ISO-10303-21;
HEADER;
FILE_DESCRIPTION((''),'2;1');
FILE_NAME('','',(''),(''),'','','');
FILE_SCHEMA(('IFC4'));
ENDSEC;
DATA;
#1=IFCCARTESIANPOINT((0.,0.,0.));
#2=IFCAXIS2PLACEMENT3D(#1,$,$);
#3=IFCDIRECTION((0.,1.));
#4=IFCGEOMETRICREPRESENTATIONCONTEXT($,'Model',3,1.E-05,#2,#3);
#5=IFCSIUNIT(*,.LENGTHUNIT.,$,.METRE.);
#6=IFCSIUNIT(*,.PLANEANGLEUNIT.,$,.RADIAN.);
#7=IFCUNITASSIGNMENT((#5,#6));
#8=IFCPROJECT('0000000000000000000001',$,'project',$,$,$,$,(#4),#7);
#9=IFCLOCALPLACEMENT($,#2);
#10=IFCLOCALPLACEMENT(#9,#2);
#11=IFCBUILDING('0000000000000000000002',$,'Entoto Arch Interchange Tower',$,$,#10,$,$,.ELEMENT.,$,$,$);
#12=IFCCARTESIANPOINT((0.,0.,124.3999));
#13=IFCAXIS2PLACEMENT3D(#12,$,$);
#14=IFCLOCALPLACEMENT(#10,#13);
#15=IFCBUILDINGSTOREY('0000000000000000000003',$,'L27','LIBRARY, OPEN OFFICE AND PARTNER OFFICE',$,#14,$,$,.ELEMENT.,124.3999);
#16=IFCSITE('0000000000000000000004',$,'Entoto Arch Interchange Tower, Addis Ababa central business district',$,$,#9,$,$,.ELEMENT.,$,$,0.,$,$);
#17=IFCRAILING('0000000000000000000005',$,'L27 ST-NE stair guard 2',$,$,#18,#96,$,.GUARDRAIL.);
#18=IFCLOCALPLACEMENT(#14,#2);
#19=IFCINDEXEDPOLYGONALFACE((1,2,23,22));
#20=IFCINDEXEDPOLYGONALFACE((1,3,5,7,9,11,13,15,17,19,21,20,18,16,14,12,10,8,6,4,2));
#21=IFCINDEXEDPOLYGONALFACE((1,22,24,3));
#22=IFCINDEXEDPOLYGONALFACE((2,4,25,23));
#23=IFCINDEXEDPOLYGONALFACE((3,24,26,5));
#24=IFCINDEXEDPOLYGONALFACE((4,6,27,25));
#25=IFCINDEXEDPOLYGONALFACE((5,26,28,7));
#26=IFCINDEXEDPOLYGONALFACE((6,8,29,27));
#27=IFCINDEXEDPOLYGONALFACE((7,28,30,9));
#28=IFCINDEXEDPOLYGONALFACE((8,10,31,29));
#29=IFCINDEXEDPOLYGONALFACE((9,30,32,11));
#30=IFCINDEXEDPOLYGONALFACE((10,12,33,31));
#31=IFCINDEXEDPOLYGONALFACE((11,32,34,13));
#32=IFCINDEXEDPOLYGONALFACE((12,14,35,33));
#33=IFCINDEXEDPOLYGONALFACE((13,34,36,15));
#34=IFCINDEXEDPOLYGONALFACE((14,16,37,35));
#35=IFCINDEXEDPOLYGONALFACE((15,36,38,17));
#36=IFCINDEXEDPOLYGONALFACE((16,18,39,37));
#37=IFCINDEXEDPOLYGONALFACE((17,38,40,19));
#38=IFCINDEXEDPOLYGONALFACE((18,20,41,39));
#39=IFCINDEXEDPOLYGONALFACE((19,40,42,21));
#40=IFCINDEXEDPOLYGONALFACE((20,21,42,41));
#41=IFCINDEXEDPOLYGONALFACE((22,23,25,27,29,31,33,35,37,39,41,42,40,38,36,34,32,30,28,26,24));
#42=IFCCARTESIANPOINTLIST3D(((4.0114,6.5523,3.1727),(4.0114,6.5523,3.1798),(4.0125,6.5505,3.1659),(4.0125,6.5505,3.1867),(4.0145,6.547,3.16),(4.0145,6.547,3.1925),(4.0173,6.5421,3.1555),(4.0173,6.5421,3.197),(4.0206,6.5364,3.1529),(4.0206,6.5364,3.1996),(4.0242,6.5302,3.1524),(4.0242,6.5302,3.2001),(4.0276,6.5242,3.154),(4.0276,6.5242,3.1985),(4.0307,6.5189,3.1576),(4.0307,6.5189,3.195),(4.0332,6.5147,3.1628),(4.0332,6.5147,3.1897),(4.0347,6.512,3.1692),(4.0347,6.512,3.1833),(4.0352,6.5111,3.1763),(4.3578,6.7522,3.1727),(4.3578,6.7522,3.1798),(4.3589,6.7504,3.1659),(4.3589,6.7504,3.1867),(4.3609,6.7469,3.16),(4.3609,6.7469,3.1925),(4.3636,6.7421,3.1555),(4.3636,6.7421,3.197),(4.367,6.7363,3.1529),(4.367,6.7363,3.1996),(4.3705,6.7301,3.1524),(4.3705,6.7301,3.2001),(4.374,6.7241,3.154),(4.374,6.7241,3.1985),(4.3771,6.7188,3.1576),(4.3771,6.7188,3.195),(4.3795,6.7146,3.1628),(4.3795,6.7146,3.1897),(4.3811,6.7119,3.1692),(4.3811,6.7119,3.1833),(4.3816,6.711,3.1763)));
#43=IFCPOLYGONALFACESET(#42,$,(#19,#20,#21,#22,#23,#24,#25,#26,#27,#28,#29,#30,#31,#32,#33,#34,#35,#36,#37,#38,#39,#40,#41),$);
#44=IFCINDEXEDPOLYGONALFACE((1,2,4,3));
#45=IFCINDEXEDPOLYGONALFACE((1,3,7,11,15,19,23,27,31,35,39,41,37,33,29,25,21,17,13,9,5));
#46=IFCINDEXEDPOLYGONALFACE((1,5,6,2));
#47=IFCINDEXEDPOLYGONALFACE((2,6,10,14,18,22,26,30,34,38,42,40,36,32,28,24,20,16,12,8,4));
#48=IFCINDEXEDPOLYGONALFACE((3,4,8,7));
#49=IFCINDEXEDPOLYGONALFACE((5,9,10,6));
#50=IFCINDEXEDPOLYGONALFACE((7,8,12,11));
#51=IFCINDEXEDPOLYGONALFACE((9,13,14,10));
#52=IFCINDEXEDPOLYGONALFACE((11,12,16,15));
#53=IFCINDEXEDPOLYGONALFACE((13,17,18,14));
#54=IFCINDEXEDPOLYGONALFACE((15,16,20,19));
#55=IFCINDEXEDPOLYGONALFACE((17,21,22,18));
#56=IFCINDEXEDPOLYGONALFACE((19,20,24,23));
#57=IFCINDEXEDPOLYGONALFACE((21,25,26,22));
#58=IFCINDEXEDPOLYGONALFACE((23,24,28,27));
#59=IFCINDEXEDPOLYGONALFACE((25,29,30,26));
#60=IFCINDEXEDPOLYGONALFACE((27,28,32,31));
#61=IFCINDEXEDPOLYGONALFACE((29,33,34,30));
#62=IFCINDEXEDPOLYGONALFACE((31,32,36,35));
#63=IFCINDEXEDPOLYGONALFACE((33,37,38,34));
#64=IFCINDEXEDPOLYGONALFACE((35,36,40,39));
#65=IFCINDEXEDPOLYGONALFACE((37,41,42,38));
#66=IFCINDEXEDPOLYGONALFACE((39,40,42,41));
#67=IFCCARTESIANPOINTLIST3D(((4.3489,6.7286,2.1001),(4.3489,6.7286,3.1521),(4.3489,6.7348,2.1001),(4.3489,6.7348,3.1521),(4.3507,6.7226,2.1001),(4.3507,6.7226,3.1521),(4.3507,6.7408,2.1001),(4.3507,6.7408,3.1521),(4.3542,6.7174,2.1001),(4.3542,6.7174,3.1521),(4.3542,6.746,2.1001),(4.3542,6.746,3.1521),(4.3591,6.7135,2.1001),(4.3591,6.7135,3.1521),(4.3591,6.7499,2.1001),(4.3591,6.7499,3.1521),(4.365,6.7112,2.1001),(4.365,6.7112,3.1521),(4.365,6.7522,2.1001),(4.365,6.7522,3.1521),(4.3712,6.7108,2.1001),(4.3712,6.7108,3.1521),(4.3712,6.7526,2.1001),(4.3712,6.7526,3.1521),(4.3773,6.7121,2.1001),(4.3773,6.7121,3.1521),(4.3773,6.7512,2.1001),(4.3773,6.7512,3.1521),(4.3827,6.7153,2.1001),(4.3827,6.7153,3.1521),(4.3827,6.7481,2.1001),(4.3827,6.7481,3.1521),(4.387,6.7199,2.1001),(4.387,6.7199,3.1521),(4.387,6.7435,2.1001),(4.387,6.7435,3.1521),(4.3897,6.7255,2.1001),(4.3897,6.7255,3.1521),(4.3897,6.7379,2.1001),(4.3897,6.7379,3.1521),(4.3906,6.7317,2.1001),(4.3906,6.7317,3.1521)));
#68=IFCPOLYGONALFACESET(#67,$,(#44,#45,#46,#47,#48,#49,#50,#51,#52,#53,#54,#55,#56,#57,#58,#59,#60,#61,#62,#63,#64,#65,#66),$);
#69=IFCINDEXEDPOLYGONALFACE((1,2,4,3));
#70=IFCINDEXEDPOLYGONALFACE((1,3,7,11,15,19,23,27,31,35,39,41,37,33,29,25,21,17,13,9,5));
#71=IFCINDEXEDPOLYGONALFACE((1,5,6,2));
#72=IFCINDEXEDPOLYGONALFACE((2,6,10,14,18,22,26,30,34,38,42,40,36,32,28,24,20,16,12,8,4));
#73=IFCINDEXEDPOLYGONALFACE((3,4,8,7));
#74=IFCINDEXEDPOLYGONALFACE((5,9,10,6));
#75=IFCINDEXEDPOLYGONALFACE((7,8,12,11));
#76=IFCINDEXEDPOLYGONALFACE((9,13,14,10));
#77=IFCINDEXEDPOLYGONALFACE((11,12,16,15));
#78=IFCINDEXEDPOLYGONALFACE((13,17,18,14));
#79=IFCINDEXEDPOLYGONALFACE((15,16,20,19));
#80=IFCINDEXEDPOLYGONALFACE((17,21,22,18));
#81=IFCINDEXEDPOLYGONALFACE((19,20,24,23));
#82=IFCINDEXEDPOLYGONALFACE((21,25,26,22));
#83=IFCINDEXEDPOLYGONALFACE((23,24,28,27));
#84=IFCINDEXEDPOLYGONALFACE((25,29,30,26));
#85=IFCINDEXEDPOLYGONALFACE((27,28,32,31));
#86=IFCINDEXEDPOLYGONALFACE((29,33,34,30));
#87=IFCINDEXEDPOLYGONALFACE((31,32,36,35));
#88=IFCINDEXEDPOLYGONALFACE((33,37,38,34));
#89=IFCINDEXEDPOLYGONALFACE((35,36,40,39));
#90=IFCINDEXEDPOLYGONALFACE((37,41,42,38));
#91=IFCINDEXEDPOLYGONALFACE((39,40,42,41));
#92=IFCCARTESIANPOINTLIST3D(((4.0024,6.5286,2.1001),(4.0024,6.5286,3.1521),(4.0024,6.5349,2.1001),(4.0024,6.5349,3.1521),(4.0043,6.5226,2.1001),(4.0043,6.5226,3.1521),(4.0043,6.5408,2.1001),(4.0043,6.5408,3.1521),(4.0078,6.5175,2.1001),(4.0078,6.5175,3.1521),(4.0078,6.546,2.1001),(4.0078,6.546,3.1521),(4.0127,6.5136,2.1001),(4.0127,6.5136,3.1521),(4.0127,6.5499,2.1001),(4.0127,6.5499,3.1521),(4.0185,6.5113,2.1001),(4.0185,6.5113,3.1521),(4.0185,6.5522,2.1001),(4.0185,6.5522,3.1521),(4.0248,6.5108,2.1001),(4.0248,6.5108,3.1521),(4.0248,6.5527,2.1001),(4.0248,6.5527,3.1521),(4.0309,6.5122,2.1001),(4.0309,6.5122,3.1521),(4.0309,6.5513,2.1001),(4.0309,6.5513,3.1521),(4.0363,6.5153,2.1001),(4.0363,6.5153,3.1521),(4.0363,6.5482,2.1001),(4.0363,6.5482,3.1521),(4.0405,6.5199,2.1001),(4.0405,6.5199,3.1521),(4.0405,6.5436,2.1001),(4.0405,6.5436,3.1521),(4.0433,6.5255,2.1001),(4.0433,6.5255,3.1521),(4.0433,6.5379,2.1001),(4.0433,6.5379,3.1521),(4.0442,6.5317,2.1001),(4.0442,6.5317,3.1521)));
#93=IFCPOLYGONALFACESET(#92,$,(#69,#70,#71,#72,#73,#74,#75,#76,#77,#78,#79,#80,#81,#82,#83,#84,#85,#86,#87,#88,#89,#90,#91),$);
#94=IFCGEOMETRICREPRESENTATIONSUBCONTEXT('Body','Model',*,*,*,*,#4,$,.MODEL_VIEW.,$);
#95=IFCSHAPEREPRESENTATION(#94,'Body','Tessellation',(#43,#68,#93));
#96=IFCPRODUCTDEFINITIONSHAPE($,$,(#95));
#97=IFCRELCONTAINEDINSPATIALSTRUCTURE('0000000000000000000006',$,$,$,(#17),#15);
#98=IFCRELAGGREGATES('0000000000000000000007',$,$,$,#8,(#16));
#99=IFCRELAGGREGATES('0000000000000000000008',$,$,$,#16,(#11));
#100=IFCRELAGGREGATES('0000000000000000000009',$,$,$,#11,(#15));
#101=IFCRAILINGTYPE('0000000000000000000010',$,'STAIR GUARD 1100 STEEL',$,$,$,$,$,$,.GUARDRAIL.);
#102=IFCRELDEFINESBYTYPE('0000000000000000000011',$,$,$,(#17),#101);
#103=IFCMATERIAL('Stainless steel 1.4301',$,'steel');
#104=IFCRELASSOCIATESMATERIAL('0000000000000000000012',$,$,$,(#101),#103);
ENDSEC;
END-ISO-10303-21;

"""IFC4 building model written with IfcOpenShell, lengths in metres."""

from ifc_helpers import new_model, si_unit, direction, frame, origin, origin_2d, place, context, subcontext, project, spatial, circle, extrude, material, type_object, element, save


model = new_model("IFC4")

# Units and contexts
model_context = context("Model", 3, precision=1e-05, world=origin(), true_north=direction((0.0, 1.0)))
body_context = subcontext(model_context, "Body", "Model", "MODEL_VIEW")
ifc_project = project(units=[si_unit("LENGTHUNIT", "METRE"), si_unit("PLANEANGLEUNIT", "RADIAN")], contexts=[model_context])

# Site, building, storey
site_placement = place(None, origin())
site = spatial("IfcSite", under=ifc_project, at=site_placement, Name="Entoto Arch Interchange Tower, Addis Ababa central business district", CompositionType="ELEMENT", RefElevation=0.0)
building_placement = place(site_placement, origin())
building = spatial("IfcBuilding", under=site, at=building_placement, Name="Entoto Arch Interchange Tower", CompositionType="ELEMENT")
storey_placement = place(building_placement, frame((0.0, 0.0, 124.3999)))
storey = spatial("IfcBuildingStorey", under=building, at=storey_placement, Name="L27", Description="LIBRARY, OPEN OFFICE AND PARTNER OFFICE", CompositionType="ELEMENT", Elevation=124.3999)

# Railing
ifc_material_1 = material(Name="Stainless steel 1.4301", Category="steel")
railing_type_1 = type_object("IfcRailingType", Name="STAIR GUARD 1100 STEEL", PredefinedType="GUARDRAIL", material=ifc_material_1)
railing_1_placement = place(storey_placement, frame((4.3696, 6.7317, 2.1001)))
element("IfcRailing", 1, at=railing_1_placement, inside=storey, type_object=railing_type_1, Name="L27 ST-NE stair guard 2", PredefinedType="GUARDRAIL", context=body_context, shape_type="SweptSolid", body=[
    extrude(circle(Radius=0.0239, at=origin_2d()), frame((0.0, 0.0, 1.0762), z_axis=(-0.866094, -0.499881, 0.0), x_axis=(0.499881, -0.866094, 0.0)), (0.0, 0.0, 1.0), 0.3999),
    extrude(circle(Radius=0.021, at=origin_2d()), origin(), (0.0, 0.0, 1.0), 1.052),
    extrude(circle(Radius=0.021, at=origin_2d()), frame((-0.3464, -0.2, 0.0)), (0.0, 0.0, 1.0), 1.052),
])

save(model, "model.ifc")
